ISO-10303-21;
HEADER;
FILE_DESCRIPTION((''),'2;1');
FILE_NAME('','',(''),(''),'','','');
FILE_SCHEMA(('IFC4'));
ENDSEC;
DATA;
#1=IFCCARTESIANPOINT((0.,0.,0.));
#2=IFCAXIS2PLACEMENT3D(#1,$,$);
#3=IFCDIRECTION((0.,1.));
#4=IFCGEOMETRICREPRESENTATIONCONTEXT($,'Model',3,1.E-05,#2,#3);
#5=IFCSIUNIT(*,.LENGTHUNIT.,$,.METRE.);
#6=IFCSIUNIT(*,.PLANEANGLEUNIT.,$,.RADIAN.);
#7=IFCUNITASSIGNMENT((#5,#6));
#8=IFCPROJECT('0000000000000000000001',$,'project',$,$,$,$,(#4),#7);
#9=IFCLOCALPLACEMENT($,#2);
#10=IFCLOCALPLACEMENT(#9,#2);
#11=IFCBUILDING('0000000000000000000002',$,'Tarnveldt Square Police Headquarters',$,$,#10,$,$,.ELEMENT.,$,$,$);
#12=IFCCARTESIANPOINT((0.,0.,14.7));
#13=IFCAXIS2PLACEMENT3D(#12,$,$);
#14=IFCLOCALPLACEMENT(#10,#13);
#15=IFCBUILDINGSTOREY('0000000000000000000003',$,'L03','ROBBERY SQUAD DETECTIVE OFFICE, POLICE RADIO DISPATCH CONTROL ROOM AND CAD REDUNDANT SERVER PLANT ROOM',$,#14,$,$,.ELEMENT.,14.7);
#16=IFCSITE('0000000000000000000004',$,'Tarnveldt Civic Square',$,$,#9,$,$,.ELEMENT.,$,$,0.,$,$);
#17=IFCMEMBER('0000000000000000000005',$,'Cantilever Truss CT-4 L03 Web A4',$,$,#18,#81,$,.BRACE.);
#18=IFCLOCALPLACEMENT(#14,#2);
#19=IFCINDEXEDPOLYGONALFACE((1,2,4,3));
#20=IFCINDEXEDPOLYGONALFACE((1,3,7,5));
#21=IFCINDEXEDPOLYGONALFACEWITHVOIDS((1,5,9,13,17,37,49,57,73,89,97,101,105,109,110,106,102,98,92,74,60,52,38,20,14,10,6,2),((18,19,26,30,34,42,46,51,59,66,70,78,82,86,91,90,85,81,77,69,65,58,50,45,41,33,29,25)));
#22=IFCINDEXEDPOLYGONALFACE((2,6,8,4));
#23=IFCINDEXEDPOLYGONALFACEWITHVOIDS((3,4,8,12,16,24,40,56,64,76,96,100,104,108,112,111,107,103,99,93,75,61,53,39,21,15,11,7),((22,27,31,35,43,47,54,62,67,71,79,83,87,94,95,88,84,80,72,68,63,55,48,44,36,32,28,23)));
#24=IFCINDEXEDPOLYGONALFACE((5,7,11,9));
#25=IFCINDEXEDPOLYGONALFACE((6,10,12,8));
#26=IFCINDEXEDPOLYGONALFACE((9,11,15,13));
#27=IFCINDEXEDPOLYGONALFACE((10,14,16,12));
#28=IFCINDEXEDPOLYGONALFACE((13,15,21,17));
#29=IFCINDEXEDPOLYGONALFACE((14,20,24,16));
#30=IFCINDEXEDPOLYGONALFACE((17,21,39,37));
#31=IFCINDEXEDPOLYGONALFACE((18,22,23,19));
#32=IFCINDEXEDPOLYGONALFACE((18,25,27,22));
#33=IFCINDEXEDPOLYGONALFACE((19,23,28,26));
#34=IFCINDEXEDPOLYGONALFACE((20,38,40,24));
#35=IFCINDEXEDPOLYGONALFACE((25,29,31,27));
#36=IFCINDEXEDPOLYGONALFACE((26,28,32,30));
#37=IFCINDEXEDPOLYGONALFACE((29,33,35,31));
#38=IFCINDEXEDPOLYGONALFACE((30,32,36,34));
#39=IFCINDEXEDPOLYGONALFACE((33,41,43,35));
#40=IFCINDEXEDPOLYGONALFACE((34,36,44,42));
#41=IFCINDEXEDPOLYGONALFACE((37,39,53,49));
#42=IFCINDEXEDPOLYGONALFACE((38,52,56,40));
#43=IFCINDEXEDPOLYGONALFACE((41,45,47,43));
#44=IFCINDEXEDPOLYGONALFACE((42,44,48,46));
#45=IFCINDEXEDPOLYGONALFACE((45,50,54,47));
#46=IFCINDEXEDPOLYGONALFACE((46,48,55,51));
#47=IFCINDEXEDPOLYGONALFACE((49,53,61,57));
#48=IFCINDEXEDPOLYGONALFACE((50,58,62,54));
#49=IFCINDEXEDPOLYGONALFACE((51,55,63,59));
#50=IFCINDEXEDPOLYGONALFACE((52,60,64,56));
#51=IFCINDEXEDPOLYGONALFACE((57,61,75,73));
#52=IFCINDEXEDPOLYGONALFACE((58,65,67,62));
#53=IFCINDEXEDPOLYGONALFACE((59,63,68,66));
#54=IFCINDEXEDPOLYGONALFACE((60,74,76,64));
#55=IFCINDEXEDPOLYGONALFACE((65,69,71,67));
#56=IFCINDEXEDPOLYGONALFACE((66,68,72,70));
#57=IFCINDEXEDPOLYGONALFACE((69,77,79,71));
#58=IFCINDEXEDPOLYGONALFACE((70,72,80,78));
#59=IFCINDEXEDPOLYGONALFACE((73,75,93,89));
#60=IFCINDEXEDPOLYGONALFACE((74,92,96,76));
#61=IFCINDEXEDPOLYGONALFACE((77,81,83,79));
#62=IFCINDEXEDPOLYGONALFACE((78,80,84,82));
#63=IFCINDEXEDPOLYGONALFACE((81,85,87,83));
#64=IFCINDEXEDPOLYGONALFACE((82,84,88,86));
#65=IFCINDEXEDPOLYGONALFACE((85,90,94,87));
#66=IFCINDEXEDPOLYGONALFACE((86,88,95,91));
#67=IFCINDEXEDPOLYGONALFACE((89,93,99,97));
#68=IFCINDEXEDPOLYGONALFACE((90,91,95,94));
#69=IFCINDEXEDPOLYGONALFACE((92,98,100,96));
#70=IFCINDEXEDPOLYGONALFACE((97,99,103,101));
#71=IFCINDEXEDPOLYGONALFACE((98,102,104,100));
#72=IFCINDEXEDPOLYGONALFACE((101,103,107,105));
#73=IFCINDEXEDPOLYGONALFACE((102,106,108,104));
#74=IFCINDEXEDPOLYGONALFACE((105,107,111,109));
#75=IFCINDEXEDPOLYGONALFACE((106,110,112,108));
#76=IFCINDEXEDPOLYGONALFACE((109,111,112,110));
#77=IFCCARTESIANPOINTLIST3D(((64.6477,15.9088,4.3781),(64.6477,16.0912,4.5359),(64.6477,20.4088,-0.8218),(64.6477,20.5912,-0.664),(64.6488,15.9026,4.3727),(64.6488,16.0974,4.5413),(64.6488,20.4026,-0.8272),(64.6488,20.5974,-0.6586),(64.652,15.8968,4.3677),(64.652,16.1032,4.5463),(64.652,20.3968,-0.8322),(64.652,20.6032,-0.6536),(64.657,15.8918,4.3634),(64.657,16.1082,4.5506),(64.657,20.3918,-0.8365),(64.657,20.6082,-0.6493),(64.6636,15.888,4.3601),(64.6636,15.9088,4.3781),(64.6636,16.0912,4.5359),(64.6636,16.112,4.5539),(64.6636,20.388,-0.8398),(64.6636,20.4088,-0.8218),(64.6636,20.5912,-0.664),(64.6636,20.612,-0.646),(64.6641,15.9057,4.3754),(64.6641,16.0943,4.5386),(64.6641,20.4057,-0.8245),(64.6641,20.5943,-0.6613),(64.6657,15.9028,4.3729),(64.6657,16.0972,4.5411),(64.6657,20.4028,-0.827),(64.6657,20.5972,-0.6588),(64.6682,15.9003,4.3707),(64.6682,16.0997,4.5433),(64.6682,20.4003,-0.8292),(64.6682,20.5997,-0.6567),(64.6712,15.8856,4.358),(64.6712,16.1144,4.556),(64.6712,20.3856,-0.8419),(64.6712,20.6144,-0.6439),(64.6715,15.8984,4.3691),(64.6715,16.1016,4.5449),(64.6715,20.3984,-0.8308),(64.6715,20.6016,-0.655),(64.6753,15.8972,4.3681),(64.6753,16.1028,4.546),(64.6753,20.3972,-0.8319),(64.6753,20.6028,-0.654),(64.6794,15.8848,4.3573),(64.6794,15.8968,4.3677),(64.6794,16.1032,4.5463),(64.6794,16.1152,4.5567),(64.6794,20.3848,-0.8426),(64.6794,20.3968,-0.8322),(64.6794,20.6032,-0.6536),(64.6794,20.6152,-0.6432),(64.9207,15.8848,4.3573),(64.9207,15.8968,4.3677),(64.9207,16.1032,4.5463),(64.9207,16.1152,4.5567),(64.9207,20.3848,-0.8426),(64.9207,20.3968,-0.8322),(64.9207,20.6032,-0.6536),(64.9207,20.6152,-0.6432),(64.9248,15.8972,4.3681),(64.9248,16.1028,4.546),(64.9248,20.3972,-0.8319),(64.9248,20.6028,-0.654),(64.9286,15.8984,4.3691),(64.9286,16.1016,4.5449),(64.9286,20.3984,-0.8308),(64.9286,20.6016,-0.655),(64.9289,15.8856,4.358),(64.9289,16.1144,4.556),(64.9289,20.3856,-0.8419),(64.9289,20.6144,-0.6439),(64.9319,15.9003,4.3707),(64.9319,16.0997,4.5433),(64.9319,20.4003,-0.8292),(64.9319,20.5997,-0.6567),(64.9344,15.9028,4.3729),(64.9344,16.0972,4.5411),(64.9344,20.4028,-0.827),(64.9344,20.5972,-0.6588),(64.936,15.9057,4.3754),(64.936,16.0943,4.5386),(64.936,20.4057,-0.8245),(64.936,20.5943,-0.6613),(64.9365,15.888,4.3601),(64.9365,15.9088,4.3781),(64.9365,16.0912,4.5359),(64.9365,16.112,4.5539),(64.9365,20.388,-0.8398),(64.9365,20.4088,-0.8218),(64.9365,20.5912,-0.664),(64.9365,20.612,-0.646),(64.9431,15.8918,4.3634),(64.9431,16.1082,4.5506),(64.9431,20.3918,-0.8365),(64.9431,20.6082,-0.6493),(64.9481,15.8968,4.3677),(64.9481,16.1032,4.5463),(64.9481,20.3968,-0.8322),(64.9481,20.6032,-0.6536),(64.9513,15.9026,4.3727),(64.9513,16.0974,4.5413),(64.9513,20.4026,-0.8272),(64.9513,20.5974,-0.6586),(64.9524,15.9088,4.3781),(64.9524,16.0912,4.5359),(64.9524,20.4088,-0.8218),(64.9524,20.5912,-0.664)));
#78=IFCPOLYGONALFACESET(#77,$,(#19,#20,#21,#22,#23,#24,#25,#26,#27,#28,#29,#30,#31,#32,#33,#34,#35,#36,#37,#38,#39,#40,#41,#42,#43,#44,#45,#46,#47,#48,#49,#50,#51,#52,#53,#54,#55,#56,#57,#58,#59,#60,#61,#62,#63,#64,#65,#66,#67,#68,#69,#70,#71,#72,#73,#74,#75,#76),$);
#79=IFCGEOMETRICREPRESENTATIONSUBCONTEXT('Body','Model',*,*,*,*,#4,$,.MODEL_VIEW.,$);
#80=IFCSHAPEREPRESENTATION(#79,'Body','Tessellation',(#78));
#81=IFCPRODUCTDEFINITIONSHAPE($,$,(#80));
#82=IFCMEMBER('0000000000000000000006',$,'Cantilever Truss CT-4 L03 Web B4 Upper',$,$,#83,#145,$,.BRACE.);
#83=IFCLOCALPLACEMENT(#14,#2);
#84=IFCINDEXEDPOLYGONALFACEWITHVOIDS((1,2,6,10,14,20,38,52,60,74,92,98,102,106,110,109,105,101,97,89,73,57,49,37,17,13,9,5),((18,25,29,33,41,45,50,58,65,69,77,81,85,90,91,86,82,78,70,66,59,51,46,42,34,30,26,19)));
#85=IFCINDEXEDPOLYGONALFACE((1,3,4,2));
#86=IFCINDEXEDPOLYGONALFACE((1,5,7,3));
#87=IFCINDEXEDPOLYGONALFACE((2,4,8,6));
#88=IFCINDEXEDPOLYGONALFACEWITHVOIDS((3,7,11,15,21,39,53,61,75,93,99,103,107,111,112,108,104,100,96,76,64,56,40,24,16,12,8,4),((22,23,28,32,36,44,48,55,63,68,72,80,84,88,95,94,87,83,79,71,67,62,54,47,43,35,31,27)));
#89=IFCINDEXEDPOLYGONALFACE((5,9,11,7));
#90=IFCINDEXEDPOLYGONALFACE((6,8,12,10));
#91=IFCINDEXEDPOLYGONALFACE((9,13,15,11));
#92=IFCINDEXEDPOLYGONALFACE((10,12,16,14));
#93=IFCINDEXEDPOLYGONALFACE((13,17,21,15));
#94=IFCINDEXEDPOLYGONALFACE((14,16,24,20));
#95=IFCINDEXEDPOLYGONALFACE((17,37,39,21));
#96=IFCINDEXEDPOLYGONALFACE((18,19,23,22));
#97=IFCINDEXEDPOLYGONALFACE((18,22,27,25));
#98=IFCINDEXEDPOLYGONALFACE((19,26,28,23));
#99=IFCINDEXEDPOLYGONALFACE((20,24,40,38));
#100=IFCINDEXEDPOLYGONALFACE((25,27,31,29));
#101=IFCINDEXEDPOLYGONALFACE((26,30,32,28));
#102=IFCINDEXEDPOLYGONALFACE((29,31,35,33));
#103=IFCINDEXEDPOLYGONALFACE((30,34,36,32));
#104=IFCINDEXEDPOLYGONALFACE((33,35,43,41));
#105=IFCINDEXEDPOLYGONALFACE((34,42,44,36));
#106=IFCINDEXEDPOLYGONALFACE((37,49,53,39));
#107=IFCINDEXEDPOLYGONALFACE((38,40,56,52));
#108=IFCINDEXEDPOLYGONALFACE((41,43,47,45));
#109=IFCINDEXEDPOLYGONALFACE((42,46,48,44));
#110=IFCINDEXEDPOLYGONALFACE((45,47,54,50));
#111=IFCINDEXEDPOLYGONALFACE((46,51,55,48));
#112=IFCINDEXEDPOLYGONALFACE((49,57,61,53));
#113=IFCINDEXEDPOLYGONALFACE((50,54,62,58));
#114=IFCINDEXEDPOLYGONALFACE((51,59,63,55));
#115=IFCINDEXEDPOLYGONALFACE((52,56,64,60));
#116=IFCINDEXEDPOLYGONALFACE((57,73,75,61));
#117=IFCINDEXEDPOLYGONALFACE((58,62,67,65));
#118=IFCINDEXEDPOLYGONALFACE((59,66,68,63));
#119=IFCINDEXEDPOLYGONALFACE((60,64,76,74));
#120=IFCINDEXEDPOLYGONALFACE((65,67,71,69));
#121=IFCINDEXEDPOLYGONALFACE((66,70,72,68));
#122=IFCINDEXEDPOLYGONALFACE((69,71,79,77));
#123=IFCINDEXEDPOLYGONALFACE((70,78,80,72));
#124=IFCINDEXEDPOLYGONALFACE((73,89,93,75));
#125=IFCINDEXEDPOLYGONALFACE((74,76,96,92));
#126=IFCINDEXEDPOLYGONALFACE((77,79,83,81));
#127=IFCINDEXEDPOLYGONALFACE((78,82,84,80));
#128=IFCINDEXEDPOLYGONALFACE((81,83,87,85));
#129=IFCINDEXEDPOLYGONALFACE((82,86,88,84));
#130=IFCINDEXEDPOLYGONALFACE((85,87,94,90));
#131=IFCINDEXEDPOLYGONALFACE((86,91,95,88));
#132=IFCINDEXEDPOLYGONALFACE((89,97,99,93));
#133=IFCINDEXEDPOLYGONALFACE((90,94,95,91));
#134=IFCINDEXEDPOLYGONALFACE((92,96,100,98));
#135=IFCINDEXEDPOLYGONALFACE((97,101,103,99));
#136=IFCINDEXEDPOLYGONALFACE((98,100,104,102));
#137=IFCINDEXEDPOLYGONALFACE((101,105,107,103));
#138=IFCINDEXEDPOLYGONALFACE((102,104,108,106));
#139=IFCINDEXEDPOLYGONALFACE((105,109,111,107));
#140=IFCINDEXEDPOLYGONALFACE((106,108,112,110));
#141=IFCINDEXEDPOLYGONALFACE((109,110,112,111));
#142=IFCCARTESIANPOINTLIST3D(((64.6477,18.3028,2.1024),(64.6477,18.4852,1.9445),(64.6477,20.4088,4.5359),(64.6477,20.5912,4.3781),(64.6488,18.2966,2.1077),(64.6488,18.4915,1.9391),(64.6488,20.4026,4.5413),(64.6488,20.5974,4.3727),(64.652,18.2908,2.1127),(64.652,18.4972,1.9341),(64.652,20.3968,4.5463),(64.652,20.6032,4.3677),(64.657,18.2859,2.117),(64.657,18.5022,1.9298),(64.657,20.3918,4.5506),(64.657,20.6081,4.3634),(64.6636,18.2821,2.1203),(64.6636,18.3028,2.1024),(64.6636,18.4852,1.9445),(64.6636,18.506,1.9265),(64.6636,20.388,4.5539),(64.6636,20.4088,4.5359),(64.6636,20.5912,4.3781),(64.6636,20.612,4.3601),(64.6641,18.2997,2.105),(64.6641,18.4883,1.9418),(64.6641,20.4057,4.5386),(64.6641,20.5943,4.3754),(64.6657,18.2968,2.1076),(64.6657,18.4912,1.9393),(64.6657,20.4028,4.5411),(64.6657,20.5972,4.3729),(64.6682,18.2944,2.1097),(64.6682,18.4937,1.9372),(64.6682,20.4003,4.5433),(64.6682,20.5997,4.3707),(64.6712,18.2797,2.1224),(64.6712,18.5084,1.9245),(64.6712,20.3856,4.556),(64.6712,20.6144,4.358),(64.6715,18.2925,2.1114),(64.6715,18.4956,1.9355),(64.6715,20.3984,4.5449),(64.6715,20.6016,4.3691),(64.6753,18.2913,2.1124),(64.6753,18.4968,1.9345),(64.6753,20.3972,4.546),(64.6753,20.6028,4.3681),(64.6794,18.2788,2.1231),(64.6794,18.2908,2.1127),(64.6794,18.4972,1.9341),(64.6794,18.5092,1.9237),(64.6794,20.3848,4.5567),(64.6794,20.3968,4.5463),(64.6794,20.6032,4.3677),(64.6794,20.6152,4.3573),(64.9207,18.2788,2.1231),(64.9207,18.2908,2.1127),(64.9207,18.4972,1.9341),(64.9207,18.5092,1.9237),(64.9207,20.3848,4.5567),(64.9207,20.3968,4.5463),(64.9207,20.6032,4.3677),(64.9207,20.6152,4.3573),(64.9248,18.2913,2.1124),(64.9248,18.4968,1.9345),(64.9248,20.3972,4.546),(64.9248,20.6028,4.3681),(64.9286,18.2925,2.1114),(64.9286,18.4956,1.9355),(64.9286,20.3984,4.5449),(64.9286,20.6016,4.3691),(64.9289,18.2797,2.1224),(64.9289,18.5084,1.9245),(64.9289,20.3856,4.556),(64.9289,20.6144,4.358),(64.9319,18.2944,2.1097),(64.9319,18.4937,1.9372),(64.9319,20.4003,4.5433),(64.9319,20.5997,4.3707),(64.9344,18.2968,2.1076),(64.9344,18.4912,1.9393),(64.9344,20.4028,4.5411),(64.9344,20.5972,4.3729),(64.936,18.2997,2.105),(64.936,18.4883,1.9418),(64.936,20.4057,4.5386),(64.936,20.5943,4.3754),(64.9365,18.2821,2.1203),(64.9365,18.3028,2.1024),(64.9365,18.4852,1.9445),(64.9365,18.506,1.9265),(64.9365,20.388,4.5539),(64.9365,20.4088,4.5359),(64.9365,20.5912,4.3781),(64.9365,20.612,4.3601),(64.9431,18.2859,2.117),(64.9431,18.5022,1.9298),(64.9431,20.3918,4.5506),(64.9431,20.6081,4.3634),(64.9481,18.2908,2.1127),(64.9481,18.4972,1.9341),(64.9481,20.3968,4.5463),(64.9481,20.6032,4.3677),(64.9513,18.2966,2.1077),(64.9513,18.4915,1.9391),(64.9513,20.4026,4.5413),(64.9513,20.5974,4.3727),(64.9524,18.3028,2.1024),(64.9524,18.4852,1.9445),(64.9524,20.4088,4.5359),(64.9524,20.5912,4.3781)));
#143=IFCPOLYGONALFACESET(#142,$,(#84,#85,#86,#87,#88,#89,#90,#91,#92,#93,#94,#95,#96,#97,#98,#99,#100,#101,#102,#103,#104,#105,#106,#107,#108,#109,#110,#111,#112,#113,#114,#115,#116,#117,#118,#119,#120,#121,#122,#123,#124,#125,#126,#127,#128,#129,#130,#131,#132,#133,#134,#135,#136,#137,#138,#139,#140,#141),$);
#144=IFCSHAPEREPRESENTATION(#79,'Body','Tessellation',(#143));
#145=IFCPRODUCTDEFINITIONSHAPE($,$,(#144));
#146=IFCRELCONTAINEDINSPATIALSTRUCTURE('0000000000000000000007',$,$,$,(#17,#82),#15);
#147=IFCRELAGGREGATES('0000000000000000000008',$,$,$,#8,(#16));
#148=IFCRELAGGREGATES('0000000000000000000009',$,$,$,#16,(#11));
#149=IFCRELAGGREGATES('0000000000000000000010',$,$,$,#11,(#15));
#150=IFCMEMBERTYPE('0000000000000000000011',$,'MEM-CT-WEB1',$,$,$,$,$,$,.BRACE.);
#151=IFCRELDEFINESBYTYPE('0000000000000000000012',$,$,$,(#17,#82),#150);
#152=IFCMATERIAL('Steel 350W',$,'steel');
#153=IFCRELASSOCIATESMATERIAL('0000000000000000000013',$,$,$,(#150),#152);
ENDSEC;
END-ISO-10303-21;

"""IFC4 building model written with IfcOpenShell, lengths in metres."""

from ifc_helpers import new_model, si_unit, direction, frame, origin, origin_2d, place, context, subcontext, project, spatial, hollow_rectangle, extrude, material, material_profile, profile_set, type_object, element, save


model = new_model("IFC4")

# Units and contexts
model_context = context("Model", 3, precision=1e-05, world=origin(), true_north=direction((0.0, 1.0)))
body_context = subcontext(model_context, "Body", "Model", "MODEL_VIEW")
ifc_project = project(units=[si_unit("LENGTHUNIT", "METRE"), si_unit("PLANEANGLEUNIT", "RADIAN")], contexts=[model_context])

# Site, building, storey
site_placement = place(None, origin())
site = spatial("IfcSite", under=ifc_project, at=site_placement, Name="Tarnveldt Civic Square", CompositionType="ELEMENT", RefElevation=0.0)
building_placement = place(site_placement, origin())
building = spatial("IfcBuilding", under=site, at=building_placement, Name="Tarnveldt Square Police Headquarters", CompositionType="ELEMENT")
storey_placement = place(building_placement, frame((0.0, 0.0, 14.7)))
storey = spatial("IfcBuildingStorey", under=building, at=storey_placement, Name="L03", Description="ROBBERY SQUAD DETECTIVE OFFICE, POLICE RADIO DISPATCH CONTROL ROOM AND CAD REDUNDANT SERVER PLANT ROOM", CompositionType="ELEMENT", Elevation=14.7)

# Shared definitions
ifc_material_1 = material(Name="Steel 350W", Category="steel")

# Members
ifc_material_profile_1 = material_profile(ifc_material_1, hollow_rectangle(XDim=0.3047, YDim=0.3047, WallThickness=0.0159, InnerFilletRadius=0.0159, OuterFilletRadius=0.0317, at=origin_2d()), Name="HSS305x305x16")
ifc_profile_set_1 = profile_set([ifc_material_profile_1], Name="Steel 350W")
member_type_1 = type_object("IfcMemberType", Name="MEM-CT-WEB1", PredefinedType="BRACE", material=ifc_profile_set_1)
member_1_placement = place(storey_placement, frame((64.8, 20.5, -0.7429), z_axis=(0.0, -0.65438, 0.756166), x_axis=(1.0, 0.0, 0.0)))
element("IfcMember", 1, at=member_1_placement, inside=storey, type_object=member_type_1, Name="Cantilever Truss CT-4 L03 Web A4", PredefinedType="BRACE", context=body_context, shape_type="SweptSolid", body=[
    extrude(hollow_rectangle(XDim=0.3047, YDim=0.3047, WallThickness=0.0159, InnerFilletRadius=0.0159, OuterFilletRadius=0.0317, at=origin_2d()), origin(), (0.0, 0.0, 1.0), 6.8767),
])
member_2_placement = place(storey_placement, frame((64.8, 18.394, 2.0234), z_axis=(0.0, 0.65437, 0.756174), x_axis=(-1.0, 0.0, 0.0)))
element("IfcMember", 2, at=member_2_placement, inside=storey, type_object=member_type_1, Name="Cantilever Truss CT-4 L03 Web B4 Upper", PredefinedType="BRACE", context=body_context, shape_type="SweptSolid", body=[
    extrude(hollow_rectangle(XDim=0.3047, YDim=0.3047, WallThickness=0.0159, InnerFilletRadius=0.0159, OuterFilletRadius=0.0317, at=origin_2d()), origin(), (0.0, 0.0, 1.0), 3.2183),
])

save(model, "model.ifc")
